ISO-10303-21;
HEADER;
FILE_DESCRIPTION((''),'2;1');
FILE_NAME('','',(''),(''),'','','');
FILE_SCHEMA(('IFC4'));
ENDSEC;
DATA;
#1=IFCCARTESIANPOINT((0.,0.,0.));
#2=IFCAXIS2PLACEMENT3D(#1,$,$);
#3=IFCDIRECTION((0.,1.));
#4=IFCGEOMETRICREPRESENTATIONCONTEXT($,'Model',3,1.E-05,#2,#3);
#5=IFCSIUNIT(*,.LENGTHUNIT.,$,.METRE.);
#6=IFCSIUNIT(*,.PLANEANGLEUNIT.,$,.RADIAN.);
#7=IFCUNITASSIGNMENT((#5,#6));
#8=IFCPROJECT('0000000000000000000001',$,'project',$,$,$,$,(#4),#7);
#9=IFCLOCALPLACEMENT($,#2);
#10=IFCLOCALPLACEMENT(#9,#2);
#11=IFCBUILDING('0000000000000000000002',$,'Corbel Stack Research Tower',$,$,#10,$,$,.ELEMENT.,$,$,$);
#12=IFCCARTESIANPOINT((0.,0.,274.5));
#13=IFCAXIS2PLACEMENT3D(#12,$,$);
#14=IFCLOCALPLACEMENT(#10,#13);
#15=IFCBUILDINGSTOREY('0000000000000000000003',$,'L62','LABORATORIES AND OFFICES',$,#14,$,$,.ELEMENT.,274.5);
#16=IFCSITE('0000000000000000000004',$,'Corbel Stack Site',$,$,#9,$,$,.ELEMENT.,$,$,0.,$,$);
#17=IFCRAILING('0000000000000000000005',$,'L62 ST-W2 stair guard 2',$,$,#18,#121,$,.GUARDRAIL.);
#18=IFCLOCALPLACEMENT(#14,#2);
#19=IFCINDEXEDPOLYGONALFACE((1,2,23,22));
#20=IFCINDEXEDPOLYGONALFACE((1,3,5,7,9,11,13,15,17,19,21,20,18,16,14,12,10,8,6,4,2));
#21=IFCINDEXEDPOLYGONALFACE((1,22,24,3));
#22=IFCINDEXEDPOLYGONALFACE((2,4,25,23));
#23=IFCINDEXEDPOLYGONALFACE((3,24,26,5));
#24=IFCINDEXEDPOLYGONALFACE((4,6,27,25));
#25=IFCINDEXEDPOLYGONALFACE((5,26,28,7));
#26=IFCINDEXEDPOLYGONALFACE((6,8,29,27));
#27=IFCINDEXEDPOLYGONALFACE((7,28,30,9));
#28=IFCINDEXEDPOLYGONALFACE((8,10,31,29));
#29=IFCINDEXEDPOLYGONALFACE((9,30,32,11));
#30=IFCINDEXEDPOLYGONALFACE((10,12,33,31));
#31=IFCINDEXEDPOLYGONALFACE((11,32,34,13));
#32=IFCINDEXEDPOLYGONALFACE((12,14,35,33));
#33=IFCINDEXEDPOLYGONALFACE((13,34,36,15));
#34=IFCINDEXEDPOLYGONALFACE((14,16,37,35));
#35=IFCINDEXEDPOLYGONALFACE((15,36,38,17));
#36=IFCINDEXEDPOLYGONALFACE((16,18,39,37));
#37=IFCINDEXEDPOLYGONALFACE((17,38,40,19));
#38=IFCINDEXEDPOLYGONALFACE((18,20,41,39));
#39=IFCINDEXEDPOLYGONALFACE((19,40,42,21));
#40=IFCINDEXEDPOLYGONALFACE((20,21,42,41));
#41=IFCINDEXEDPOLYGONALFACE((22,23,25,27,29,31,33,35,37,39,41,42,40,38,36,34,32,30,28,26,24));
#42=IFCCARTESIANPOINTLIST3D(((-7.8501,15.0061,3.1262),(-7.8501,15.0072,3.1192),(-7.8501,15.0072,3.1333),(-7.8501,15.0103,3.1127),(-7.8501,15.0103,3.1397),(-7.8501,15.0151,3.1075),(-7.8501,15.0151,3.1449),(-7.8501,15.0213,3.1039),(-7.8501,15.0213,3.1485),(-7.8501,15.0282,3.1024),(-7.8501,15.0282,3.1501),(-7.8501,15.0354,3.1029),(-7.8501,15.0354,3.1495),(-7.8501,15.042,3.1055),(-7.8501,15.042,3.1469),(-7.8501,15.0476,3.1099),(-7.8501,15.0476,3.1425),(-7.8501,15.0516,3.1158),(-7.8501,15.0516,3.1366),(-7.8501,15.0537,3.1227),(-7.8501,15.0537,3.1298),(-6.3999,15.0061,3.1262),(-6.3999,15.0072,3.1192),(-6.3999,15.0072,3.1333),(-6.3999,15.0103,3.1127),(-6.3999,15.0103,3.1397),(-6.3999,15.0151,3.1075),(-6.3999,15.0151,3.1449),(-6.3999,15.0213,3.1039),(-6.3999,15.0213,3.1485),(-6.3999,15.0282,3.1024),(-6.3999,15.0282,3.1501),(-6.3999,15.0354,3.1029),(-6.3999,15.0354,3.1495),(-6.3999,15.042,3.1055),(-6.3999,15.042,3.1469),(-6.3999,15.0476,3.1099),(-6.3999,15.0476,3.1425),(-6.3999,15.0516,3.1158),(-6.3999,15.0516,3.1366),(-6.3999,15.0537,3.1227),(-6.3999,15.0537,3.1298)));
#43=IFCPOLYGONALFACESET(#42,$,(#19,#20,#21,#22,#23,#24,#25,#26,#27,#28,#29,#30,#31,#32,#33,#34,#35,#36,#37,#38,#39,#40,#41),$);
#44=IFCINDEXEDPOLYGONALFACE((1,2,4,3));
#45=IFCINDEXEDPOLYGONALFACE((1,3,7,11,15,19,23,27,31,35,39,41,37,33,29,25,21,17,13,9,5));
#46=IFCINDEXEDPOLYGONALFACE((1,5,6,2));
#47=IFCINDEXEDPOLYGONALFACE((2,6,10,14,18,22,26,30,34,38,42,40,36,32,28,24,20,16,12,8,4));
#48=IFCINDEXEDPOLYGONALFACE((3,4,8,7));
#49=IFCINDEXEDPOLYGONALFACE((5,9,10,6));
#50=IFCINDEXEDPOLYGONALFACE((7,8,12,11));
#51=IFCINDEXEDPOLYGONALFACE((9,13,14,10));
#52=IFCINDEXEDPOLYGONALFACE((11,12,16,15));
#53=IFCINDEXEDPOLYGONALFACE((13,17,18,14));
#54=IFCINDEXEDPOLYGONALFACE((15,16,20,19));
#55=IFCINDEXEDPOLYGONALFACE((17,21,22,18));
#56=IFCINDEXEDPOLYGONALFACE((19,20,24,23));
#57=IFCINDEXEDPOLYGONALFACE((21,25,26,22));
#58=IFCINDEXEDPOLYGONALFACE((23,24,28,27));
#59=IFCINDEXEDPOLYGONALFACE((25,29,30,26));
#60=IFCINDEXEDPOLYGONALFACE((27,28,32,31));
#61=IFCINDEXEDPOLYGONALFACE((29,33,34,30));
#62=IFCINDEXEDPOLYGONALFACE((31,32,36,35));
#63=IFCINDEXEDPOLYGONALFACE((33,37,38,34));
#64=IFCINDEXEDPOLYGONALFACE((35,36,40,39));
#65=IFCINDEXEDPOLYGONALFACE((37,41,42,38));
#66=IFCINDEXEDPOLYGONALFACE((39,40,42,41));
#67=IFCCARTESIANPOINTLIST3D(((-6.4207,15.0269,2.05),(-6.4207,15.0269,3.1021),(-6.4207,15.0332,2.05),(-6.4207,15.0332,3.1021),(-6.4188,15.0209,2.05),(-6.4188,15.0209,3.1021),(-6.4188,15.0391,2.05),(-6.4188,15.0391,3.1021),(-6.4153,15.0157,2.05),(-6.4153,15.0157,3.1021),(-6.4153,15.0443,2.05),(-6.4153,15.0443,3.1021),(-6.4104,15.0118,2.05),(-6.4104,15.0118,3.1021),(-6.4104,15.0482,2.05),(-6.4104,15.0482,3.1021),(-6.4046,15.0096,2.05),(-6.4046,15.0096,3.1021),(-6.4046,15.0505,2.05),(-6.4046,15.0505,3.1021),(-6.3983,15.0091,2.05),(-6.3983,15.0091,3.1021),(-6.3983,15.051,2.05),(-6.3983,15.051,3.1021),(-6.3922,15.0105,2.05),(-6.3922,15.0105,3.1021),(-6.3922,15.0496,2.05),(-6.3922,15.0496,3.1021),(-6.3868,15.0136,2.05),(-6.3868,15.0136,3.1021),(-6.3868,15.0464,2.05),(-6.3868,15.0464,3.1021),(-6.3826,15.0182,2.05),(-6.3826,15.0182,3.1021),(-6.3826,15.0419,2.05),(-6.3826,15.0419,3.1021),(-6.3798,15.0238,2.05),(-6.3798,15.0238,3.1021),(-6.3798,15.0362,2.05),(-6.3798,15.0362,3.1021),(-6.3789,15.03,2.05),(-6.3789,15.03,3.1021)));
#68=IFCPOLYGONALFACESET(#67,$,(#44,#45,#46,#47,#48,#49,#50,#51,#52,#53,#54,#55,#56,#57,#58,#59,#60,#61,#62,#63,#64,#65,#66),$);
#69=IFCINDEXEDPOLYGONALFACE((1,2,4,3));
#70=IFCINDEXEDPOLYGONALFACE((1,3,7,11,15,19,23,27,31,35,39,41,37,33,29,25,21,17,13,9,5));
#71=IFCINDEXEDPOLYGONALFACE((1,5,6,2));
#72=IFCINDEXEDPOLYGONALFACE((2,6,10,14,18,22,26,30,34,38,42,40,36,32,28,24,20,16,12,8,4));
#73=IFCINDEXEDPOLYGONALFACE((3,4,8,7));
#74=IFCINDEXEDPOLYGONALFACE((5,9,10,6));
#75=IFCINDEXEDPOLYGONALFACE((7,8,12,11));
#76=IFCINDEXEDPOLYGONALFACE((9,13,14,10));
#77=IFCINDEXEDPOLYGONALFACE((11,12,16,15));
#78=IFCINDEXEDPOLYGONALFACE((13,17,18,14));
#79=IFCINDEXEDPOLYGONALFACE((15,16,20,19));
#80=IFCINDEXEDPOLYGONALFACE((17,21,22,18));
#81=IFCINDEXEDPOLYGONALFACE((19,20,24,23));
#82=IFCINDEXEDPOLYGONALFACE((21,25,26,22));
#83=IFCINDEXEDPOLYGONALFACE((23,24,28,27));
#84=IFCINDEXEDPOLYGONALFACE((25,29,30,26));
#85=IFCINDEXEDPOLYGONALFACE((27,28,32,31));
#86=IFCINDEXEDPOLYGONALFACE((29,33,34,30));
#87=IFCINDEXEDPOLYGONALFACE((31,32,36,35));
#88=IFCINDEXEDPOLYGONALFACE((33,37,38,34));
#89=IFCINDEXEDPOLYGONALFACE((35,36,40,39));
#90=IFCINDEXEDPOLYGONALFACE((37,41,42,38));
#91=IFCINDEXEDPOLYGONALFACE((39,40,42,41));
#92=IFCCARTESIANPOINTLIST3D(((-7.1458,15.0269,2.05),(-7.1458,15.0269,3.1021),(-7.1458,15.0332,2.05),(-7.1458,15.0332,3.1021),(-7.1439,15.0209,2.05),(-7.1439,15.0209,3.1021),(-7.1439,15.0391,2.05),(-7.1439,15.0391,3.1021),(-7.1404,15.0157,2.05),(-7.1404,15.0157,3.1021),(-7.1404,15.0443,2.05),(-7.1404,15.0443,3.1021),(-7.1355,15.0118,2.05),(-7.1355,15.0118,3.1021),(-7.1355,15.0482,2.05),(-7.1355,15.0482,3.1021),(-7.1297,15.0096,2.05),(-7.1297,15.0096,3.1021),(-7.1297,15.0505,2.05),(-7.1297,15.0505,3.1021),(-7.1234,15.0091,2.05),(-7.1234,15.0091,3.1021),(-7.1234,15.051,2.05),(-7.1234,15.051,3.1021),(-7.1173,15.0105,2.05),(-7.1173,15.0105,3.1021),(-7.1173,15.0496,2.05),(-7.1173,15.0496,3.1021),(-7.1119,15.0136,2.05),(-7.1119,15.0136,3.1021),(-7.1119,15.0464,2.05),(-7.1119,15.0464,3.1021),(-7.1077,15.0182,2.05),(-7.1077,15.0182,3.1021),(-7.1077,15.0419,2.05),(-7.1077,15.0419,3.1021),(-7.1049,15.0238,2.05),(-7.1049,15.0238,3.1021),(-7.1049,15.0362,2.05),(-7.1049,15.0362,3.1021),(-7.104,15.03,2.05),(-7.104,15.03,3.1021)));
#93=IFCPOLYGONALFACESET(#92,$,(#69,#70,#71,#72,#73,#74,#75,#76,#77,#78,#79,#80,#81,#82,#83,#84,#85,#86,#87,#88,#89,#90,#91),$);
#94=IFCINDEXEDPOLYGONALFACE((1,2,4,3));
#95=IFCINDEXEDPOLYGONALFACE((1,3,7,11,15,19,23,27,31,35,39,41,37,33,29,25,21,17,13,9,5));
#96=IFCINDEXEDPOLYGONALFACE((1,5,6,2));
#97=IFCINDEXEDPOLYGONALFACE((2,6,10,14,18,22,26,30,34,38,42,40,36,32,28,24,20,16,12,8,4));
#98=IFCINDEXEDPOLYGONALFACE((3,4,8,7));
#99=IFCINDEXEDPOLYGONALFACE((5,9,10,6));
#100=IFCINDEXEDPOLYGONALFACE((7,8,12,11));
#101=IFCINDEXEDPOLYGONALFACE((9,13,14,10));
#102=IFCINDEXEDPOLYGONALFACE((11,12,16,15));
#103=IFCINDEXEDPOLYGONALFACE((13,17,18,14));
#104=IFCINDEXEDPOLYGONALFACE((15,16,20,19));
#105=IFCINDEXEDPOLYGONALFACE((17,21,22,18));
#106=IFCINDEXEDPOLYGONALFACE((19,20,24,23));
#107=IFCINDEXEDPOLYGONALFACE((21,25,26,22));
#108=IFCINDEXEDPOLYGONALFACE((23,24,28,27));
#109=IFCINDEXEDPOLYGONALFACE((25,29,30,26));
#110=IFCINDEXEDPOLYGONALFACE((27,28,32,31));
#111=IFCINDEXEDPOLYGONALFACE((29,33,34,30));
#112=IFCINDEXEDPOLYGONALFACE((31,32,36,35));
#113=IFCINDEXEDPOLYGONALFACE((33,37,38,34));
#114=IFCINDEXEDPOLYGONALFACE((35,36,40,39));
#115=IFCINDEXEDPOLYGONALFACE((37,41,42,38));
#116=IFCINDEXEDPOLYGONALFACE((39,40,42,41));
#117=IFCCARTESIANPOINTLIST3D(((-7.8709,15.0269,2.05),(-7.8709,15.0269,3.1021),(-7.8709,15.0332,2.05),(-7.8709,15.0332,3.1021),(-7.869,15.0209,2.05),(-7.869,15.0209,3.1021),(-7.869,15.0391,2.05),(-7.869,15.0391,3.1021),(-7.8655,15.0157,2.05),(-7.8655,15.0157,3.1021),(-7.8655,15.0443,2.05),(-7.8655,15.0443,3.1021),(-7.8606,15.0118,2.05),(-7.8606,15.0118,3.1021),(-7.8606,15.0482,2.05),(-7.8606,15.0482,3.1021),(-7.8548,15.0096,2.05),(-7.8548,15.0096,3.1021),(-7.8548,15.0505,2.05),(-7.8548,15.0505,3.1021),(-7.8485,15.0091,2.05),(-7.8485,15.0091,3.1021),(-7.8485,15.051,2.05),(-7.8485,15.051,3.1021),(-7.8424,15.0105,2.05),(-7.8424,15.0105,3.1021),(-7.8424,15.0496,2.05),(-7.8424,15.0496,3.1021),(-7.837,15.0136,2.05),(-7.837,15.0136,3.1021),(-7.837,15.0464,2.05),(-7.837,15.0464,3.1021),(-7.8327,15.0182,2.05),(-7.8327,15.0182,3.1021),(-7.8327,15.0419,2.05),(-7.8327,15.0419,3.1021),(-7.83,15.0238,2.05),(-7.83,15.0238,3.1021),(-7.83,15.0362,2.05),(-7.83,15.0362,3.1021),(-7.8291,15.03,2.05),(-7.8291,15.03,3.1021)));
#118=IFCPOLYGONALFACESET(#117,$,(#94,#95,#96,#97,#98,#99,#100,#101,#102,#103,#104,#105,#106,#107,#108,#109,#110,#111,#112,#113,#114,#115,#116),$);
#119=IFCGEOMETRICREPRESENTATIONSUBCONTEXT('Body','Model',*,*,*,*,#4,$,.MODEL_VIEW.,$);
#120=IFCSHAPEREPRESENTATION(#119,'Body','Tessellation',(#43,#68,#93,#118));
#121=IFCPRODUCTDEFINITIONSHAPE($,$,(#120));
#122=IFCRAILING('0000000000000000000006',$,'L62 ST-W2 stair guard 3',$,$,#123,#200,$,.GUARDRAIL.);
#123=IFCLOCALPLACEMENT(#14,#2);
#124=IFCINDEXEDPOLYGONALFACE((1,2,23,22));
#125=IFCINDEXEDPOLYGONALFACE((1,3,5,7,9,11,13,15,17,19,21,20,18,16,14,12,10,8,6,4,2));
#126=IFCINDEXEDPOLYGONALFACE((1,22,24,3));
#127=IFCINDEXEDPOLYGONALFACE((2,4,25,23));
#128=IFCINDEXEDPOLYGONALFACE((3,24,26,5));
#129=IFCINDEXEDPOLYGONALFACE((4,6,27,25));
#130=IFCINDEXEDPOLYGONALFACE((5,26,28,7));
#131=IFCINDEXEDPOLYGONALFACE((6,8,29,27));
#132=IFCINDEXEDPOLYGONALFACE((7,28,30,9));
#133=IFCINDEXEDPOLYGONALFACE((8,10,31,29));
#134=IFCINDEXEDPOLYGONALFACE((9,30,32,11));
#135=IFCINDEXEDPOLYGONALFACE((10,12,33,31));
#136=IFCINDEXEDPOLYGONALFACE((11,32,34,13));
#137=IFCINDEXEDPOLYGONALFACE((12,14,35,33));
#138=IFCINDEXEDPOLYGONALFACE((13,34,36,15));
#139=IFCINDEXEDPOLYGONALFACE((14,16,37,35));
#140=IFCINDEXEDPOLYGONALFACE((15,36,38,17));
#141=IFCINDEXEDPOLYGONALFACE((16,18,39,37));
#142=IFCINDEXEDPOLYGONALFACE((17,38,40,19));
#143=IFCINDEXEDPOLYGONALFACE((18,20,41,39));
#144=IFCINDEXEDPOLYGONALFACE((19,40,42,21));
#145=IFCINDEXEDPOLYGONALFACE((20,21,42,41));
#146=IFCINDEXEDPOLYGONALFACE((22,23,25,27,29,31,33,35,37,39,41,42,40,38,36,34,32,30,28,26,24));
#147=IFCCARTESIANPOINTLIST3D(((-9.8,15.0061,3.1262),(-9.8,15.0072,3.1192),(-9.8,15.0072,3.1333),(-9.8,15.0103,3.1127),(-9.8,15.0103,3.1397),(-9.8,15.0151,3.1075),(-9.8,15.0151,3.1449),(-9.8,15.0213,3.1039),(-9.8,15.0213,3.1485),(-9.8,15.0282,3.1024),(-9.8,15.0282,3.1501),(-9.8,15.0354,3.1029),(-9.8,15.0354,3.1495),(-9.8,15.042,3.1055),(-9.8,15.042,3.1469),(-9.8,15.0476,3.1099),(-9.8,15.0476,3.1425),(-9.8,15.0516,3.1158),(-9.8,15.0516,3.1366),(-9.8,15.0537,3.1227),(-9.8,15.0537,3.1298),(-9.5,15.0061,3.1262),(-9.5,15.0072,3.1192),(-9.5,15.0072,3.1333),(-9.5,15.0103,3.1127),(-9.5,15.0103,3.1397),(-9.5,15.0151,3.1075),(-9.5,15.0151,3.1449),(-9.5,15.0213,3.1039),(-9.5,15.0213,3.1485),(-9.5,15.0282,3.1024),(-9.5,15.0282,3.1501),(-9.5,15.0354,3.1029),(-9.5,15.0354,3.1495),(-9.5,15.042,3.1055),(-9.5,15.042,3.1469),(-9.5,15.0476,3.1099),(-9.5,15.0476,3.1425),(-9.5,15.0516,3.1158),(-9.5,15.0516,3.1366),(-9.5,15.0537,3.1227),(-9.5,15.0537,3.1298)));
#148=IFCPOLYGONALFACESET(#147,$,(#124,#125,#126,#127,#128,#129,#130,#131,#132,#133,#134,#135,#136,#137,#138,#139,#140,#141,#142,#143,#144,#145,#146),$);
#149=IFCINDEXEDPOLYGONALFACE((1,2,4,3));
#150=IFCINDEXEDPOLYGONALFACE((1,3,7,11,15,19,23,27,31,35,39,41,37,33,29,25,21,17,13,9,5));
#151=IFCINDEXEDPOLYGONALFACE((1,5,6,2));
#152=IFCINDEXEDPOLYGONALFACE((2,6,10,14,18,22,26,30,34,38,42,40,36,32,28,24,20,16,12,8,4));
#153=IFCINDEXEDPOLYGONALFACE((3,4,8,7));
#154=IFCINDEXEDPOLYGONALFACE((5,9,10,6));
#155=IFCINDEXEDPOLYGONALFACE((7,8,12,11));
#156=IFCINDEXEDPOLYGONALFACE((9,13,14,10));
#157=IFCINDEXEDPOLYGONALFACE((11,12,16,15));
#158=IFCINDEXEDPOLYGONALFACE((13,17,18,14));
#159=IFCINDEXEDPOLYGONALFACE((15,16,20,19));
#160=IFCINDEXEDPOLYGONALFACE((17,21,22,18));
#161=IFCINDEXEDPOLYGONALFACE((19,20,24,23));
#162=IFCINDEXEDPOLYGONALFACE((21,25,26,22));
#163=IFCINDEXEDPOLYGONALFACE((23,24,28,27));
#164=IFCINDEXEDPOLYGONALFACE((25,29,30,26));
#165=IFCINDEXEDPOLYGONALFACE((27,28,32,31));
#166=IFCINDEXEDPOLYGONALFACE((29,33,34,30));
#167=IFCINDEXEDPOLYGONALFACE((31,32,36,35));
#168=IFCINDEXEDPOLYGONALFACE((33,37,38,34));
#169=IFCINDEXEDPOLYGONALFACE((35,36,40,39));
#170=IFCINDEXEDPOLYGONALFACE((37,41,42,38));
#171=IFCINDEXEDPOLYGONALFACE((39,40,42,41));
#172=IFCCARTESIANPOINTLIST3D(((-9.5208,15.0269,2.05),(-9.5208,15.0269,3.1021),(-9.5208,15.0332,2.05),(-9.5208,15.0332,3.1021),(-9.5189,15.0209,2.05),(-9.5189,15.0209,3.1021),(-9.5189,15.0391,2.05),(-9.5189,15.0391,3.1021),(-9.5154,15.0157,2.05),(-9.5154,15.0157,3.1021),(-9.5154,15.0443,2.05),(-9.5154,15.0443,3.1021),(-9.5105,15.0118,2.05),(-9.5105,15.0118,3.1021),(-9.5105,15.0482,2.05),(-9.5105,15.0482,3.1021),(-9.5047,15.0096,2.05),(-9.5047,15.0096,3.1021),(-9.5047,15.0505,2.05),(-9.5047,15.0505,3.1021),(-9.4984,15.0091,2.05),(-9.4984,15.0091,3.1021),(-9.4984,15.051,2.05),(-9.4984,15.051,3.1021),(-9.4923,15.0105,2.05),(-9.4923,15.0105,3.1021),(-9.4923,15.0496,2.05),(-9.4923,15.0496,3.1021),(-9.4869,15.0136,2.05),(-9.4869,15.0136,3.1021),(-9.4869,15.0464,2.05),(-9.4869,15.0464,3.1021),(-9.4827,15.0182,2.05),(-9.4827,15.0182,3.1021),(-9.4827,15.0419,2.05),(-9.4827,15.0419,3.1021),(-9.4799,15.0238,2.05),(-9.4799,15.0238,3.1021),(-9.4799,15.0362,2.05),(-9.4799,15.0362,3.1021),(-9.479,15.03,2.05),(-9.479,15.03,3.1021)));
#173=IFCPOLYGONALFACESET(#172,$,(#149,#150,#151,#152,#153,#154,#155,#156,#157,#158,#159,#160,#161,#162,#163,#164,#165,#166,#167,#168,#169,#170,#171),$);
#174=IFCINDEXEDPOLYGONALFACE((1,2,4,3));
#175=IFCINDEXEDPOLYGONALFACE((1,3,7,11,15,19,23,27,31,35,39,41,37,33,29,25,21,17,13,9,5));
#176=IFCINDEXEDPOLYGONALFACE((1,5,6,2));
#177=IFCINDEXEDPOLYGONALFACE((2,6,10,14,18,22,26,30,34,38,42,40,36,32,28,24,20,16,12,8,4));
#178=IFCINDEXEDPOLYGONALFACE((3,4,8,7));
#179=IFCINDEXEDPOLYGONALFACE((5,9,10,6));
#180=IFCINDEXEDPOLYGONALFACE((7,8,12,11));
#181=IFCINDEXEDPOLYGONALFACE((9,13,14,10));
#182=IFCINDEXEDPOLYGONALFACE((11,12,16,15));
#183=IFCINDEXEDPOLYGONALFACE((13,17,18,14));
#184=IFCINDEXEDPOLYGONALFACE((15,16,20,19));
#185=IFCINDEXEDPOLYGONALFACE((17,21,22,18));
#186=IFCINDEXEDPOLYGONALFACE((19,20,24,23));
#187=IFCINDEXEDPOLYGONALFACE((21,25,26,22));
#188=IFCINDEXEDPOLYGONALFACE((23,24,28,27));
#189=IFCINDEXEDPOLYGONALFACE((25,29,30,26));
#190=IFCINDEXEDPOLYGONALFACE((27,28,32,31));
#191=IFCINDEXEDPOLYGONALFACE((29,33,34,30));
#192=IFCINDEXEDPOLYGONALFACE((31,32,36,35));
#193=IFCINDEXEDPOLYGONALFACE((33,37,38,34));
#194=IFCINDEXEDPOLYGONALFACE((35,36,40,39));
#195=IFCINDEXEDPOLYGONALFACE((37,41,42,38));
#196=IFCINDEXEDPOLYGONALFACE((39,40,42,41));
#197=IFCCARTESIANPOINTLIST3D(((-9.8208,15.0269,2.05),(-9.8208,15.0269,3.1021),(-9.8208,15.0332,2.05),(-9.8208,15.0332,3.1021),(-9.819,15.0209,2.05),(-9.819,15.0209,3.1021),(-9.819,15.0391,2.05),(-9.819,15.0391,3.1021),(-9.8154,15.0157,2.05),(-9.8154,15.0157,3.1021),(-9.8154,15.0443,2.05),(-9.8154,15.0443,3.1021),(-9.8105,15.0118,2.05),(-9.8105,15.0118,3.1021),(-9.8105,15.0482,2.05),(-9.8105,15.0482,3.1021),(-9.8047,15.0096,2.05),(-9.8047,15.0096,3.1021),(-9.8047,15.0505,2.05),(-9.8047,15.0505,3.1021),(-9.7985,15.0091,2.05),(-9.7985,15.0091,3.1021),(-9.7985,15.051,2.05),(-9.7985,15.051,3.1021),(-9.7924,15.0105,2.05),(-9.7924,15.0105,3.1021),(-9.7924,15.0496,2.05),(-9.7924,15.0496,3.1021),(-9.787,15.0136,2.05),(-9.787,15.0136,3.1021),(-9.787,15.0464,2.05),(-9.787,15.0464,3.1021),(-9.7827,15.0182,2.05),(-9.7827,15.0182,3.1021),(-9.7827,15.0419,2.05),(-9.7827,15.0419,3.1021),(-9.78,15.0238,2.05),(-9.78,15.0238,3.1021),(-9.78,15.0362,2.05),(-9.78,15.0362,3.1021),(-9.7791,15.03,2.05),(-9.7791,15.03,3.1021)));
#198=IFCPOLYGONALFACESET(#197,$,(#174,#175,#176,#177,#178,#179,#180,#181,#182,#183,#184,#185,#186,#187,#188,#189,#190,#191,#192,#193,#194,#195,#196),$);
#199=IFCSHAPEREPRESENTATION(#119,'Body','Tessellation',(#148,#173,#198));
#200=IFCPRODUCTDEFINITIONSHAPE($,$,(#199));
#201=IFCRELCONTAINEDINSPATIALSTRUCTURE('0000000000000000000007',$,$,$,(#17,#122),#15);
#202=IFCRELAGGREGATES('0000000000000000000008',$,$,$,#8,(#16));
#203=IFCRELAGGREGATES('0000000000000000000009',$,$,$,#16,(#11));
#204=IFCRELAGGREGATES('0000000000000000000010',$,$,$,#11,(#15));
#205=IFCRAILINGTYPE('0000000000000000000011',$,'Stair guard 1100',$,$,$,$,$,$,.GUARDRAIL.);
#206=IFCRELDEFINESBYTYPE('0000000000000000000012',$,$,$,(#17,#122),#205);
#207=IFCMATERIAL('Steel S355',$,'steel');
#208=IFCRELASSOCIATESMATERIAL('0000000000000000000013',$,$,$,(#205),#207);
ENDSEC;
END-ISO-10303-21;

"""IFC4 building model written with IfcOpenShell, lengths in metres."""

from ifc_helpers import new_model, si_unit, direction, frame, origin, origin_2d, place, context, subcontext, project, spatial, circle, extrude, material, type_object, element, save


model = new_model("IFC4")

# Units and contexts
model_context = context("Model", 3, precision=1e-05, world=origin(), true_north=direction((0.0, 1.0)))
body_context = subcontext(model_context, "Body", "Model", "MODEL_VIEW")
ifc_project = project(units=[si_unit("LENGTHUNIT", "METRE"), si_unit("PLANEANGLEUNIT", "RADIAN")], contexts=[model_context])

# Site, building, storey
site_placement = place(None, origin())
site = spatial("IfcSite", under=ifc_project, at=site_placement, Name="Corbel Stack Site", CompositionType="ELEMENT", RefElevation=0.0)
building_placement = place(site_placement, origin())
building = spatial("IfcBuilding", under=site, at=building_placement, Name="Corbel Stack Research Tower", CompositionType="ELEMENT")
storey_placement = place(building_placement, frame((0.0, 0.0, 274.5)))
storey = spatial("IfcBuildingStorey", under=building, at=storey_placement, Name="L62", Description="LABORATORIES AND OFFICES", CompositionType="ELEMENT", Elevation=274.5)

# Railings
ifc_material_1 = material(Name="Steel S355", Category="steel")
railing_type_1 = type_object("IfcRailingType", Name="Stair guard 1100", PredefinedType="GUARDRAIL", material=ifc_material_1)
railing_1_placement = place(storey_placement, frame((-6.3999, 15.03, 2.05)))
element("IfcRailing", 1, at=railing_1_placement, inside=storey, type_object=railing_type_1, Name="L62 ST-W2 stair guard 2", PredefinedType="GUARDRAIL", context=body_context, shape_type="SweptSolid", body=[
    extrude(circle(Radius=0.0239, at=origin_2d()), frame((0.0, 0.0, 1.0762), z_axis=(-1.0, 0.0, 0.0), x_axis=(0.0, -1.0, 0.0)), (0.0, 0.0, 1.0), 1.4502),
    extrude(circle(Radius=0.021, at=origin_2d()), origin(), (0.0, 0.0, 1.0), 1.052),
    extrude(circle(Radius=0.021, at=origin_2d()), frame((-0.7251, 0.0, 0.0)), (0.0, 0.0, 1.0), 1.052),
    extrude(circle(Radius=0.021, at=origin_2d()), frame((-1.4502, 0.0, 0.0)), (0.0, 0.0, 1.0), 1.052),
])
railing_2_placement = place(storey_placement, frame((-9.5, 15.03, 2.05)))
element("IfcRailing", 2, at=railing_2_placement, inside=storey, type_object=railing_type_1, Name="L62 ST-W2 stair guard 3", PredefinedType="GUARDRAIL", context=body_context, shape_type="SweptSolid", body=[
    extrude(circle(Radius=0.0239, at=origin_2d()), frame((0.0, 0.0, 1.0762), z_axis=(-1.0, 0.0, 0.0), x_axis=(0.0, -1.0, 0.0)), (0.0, 0.0, 1.0), 0.3),
    extrude(circle(Radius=0.021, at=origin_2d()), origin(), (0.0, 0.0, 1.0), 1.052),
    extrude(circle(Radius=0.021, at=origin_2d()), frame((-0.3, 0.0, 0.0)), (0.0, 0.0, 1.0), 1.052),
])

save(model, "model.ifc")
